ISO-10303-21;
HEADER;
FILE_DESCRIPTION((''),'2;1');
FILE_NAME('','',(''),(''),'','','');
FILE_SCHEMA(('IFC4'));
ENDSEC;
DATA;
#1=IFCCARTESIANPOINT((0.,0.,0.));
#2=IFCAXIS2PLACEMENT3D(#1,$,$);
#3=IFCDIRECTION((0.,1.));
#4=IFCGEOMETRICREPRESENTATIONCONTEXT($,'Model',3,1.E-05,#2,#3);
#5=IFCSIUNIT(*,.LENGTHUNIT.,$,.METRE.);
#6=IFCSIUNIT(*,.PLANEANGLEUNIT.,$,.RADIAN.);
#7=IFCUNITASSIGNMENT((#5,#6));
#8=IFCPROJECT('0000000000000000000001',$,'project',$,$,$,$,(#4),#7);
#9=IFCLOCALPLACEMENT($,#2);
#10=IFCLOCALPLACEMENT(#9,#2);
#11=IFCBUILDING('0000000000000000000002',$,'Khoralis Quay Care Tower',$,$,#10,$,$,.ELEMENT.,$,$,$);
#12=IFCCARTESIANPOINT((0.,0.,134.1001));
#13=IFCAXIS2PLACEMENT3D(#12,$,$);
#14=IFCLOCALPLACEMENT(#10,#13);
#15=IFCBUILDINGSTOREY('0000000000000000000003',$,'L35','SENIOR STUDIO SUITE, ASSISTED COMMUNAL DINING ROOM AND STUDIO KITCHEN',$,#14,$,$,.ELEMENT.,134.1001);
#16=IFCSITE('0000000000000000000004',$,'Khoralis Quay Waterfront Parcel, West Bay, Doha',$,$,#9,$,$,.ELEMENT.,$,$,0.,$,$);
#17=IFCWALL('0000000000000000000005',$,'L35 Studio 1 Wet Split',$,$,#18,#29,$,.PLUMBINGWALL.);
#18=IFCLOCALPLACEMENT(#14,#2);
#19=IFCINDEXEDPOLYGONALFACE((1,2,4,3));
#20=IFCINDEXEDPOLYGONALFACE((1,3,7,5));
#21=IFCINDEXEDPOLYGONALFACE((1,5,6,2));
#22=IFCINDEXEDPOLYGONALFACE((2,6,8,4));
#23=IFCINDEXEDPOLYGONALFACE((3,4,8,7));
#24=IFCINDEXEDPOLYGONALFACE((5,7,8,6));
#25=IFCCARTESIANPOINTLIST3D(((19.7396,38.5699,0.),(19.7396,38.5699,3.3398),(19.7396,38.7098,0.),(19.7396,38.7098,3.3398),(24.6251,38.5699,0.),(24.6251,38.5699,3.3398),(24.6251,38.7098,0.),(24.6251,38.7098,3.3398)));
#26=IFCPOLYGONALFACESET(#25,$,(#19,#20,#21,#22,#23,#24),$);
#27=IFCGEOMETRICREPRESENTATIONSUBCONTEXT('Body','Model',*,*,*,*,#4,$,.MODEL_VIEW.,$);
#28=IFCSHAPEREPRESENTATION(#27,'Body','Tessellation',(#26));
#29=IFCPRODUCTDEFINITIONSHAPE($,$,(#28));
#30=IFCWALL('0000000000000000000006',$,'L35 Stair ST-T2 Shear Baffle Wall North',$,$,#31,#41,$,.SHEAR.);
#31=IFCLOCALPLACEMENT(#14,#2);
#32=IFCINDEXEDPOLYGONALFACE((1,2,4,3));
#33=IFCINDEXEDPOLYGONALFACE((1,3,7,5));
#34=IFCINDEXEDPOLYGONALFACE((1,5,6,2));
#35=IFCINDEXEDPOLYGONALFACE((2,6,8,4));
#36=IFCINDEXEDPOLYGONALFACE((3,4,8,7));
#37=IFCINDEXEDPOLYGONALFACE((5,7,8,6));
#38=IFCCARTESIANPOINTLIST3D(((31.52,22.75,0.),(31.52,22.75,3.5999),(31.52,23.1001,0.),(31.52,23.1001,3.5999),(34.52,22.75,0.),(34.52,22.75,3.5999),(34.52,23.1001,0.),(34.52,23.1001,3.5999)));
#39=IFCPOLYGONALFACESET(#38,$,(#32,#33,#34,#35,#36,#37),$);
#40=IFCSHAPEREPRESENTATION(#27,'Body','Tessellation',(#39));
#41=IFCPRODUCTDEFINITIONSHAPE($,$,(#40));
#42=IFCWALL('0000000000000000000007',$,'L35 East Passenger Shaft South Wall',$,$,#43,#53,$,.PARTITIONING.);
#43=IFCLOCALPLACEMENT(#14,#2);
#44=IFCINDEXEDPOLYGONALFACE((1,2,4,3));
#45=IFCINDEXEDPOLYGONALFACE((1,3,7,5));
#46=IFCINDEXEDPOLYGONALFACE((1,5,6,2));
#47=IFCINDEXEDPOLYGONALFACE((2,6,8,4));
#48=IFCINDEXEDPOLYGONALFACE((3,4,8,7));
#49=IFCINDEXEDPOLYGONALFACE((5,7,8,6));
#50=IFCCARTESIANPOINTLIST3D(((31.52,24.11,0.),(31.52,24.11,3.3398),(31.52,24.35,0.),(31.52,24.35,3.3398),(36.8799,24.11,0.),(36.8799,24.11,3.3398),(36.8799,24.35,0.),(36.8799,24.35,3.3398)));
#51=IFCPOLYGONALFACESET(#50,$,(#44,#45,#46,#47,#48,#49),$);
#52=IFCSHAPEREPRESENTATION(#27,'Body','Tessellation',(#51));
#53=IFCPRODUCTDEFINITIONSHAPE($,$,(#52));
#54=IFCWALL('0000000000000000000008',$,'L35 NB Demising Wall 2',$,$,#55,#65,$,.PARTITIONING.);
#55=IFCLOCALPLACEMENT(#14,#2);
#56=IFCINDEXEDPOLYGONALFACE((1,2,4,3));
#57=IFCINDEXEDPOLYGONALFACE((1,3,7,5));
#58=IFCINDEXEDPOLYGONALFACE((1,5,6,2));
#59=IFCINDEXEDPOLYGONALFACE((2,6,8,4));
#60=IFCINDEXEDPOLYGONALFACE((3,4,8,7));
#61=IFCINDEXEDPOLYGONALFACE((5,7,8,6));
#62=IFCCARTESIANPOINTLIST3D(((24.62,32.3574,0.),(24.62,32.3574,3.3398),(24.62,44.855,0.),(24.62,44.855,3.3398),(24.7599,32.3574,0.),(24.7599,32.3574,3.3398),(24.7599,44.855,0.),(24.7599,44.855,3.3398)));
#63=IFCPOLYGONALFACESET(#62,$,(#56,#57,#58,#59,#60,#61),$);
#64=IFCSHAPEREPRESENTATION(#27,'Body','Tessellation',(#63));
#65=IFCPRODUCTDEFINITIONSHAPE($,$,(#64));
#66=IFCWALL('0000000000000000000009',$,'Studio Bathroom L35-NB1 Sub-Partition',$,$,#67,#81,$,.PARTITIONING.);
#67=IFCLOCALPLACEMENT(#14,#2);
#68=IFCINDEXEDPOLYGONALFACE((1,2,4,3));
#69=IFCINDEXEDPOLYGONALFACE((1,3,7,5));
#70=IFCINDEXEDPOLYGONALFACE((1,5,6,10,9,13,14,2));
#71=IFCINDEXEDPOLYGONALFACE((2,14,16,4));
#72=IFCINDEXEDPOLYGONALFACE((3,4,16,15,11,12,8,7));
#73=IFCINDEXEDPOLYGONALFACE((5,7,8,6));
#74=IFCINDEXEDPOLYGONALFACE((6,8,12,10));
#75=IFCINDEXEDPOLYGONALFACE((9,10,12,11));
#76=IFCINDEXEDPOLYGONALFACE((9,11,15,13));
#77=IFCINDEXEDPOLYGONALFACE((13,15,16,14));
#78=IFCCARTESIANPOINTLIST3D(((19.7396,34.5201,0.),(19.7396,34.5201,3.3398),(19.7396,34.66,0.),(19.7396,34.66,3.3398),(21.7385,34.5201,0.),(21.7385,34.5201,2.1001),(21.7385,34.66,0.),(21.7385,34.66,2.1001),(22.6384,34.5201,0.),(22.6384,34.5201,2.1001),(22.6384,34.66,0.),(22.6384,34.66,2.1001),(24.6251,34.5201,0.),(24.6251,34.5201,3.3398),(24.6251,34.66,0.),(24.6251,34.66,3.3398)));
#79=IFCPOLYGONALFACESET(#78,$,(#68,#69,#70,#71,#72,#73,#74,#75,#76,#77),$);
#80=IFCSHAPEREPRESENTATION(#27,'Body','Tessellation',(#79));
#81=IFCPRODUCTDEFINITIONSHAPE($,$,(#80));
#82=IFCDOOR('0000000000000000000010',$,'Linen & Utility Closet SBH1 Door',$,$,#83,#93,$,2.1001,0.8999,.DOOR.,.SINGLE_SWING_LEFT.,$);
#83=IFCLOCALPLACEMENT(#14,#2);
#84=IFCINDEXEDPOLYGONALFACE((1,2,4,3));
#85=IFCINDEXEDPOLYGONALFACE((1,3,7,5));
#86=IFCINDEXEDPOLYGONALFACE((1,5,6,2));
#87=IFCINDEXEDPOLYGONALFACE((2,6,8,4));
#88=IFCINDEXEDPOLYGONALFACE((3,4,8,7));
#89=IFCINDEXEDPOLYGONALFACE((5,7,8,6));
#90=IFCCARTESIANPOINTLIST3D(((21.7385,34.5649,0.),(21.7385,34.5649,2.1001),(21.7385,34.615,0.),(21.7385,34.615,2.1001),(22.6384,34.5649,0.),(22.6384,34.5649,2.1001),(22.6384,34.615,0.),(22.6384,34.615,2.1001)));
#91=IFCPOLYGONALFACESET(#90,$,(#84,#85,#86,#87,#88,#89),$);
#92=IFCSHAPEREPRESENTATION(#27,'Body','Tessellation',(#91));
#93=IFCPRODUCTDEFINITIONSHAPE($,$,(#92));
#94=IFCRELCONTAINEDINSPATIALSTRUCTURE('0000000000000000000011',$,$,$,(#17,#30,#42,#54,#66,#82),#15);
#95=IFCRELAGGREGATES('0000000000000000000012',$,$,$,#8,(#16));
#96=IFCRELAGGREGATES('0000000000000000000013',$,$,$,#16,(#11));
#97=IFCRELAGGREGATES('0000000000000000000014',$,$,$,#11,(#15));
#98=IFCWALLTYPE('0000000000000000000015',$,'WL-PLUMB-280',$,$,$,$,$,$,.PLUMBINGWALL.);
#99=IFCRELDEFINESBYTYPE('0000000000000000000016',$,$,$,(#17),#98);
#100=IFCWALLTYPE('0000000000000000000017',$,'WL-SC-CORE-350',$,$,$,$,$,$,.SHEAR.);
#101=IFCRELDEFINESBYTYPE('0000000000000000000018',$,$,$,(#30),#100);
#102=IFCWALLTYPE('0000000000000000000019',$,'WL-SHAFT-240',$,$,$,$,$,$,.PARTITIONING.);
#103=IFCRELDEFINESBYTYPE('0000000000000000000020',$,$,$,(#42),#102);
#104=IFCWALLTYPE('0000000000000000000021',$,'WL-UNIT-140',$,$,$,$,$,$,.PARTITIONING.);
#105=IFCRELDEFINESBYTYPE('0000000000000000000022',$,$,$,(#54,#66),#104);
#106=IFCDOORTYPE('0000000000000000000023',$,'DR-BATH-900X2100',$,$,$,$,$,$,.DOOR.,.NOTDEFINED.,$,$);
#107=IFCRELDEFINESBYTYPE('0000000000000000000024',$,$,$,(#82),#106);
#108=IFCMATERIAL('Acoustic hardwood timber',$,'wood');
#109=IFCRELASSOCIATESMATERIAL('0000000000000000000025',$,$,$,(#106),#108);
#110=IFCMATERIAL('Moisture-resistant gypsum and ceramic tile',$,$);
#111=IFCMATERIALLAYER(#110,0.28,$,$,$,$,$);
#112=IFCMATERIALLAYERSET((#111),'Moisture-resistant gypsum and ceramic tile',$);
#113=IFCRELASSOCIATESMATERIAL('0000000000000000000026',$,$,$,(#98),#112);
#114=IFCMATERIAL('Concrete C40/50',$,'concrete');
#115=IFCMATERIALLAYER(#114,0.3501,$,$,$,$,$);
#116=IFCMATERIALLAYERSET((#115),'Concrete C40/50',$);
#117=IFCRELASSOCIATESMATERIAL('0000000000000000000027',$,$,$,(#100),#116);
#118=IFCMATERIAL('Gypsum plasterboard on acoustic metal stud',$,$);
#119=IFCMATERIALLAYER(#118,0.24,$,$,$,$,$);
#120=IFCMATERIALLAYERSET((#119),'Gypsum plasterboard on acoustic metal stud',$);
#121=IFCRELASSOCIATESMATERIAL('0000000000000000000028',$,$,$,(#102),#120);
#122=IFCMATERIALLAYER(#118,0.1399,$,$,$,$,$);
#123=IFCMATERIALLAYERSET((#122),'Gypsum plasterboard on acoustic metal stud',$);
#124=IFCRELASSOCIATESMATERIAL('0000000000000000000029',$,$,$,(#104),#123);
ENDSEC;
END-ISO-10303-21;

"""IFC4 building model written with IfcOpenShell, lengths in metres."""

from ifc_helpers import new_model, si_unit, direction, frame, frame_2d, origin, place, context, subcontext, project, spatial, rectangle, extrude, source, transform, mapped, material, layer, layer_set, type_object, element, fill, save


model = new_model("IFC4")

# Units and contexts
model_context = context("Model", 3, precision=1e-05, world=origin(), true_north=direction((0.0, 1.0)))
body_context = subcontext(model_context, "Body", "Model", "MODEL_VIEW")
ifc_project = project(units=[si_unit("LENGTHUNIT", "METRE"), si_unit("PLANEANGLEUNIT", "RADIAN")], contexts=[model_context])

# Site, building, storey
site_placement = place(None, origin())
site = spatial("IfcSite", under=ifc_project, at=site_placement, Name="Khoralis Quay Waterfront Parcel, West Bay, Doha", CompositionType="ELEMENT", RefElevation=0.0)
building_placement = place(site_placement, origin())
building = spatial("IfcBuilding", under=site, at=building_placement, Name="Khoralis Quay Care Tower", CompositionType="ELEMENT")
storey_placement = place(building_placement, frame((0.0, 0.0, 134.1001)))
storey = spatial("IfcBuildingStorey", under=building, at=storey_placement, Name="L35", Description="SENIOR STUDIO SUITE, ASSISTED COMMUNAL DINING ROOM AND STUDIO KITCHEN", CompositionType="ELEMENT", Elevation=134.1001)

# Shared definitions
ifc_material_1 = material(Name="Gypsum plasterboard on acoustic metal stud")

# Shared definitions
ifc_material_2 = material(Name="Acoustic hardwood timber", Category="wood")
door_type_1 = type_object("IfcDoorType", Name="DR-BATH-900X2100", OperationType="NOTDEFINED", PredefinedType="DOOR", material=ifc_material_2)
shared_shape_1 = source(origin(), body_context, "Body", "SweptSolid", [
    extrude(rectangle(XDim=0.8999, YDim=2.1001, at=frame_2d((0.45, 1.05))), frame((0.0, 0.0249, 0.0), z_axis=(0.0, -1.0, 0.0), x_axis=(1.0, 0.0, 0.0)), (0.0, 0.0, 1.0), 0.05),
])

# Walls
ifc_material_3 = material(Name="Moisture-resistant gypsum and ceramic tile")
ifc_layer_1 = layer(ifc_material_3, 0.28)
ifc_layer_set_1 = layer_set([ifc_layer_1], Name="Moisture-resistant gypsum and ceramic tile")
wall_type_1 = type_object("IfcWallType", Name="WL-PLUMB-280", PredefinedType="PLUMBINGWALL", material=ifc_layer_set_1)
wall_1_placement = place(storey_placement, frame((19.7395, 38.6399, 0.0), z_axis=(0.0, 0.0, 1.0), x_axis=(1.0, 0.0, 0.0)))
element("IfcWall", 1, at=wall_1_placement, inside=storey, type_object=wall_type_1, Name="L35 Studio 1 Wet Split", PredefinedType="PLUMBINGWALL", context=body_context, shape_type="SweptSolid", body=[
    extrude(rectangle(XDim=4.8855, YDim=0.1399, at=frame_2d((2.4429, 0.0))), origin(), (0.0, 0.0, 1.0), 3.3398),
])
ifc_material_4 = material(Name="Concrete C40/50", Category="concrete")
ifc_layer_2 = layer(ifc_material_4, 0.3501)
ifc_layer_set_2 = layer_set([ifc_layer_2], Name="Concrete C40/50")
wall_type_2 = type_object("IfcWallType", Name="WL-SC-CORE-350", PredefinedType="SHEAR", material=ifc_layer_set_2)
wall_2_placement = place(storey_placement, frame((31.52, 22.925, 0.0), z_axis=(0.0, 0.0, 1.0), x_axis=(1.0, 0.0, 0.0)))
element("IfcWall", 2, at=wall_2_placement, inside=storey, type_object=wall_type_2, Name="L35 Stair ST-T2 Shear Baffle Wall North", PredefinedType="SHEAR", context=body_context, shape_type="SweptSolid", body=[
    extrude(rectangle(XDim=3.0, YDim=0.3501, at=frame_2d((1.5, 0.0))), origin(), (0.0, 0.0, 1.0), 3.5999),
])
ifc_layer_3 = layer(ifc_material_1, 0.24)
ifc_layer_set_3 = layer_set([ifc_layer_3], Name="Gypsum plasterboard on acoustic metal stud")
wall_type_3 = type_object("IfcWallType", Name="WL-SHAFT-240", PredefinedType="PARTITIONING", material=ifc_layer_set_3)
wall_3_placement = place(storey_placement, frame((31.52, 24.23, 0.0), z_axis=(0.0, 0.0, 1.0), x_axis=(1.0, 0.0, 0.0)))
element("IfcWall", 3, at=wall_3_placement, inside=storey, type_object=wall_type_3, Name="L35 East Passenger Shaft South Wall", PredefinedType="PARTITIONING", context=body_context, shape_type="SweptSolid", body=[
    extrude(rectangle(XDim=5.3599, YDim=0.24, at=frame_2d((2.6799, 0.0))), origin(), (0.0, 0.0, 1.0), 3.3398),
])
ifc_layer_4 = layer(ifc_material_1, 0.1399)
ifc_layer_set_4 = layer_set([ifc_layer_4], Name="Gypsum plasterboard on acoustic metal stud")
wall_type_4 = type_object("IfcWallType", Name="WL-UNIT-140", PredefinedType="PARTITIONING", material=ifc_layer_set_4)
wall_4_placement = place(storey_placement, frame((24.6899, 32.3574, 0.0), z_axis=(0.0, 0.0, 1.0), x_axis=(0.0, 1.0, 0.0)))
element("IfcWall", 4, at=wall_4_placement, inside=storey, type_object=wall_type_4, Name="L35 NB Demising Wall 2", PredefinedType="PARTITIONING", context=body_context, shape_type="SweptSolid", body=[
    extrude(rectangle(XDim=12.4976, YDim=0.1399, at=frame_2d((6.2488, 0.0))), origin(), (0.0, 0.0, 1.0), 3.3398),
])

# Wall, opening, door
wall_5_placement = place(storey_placement, frame((19.7395, 34.5901, 0.0), z_axis=(0.0, 0.0, 1.0), x_axis=(1.0, 0.0, 0.0)))
wall_5 = element("IfcWall", 5, at=wall_5_placement, inside=storey, type_object=wall_type_4, Name="Studio Bathroom L35-NB1 Sub-Partition", PredefinedType="PARTITIONING", context=body_context, shape_type="SweptSolid", body=[
    extrude(rectangle(XDim=4.8855, YDim=0.1399, at=frame_2d((2.4429, 0.0))), origin(), (0.0, 0.0, 1.0), 3.3398),
])
opening_1_placement = place(wall_5_placement, frame((1.999, 0.0, 0.0)))
opening_1 = element("IfcOpeningElement", 6, at=opening_1_placement, cuts=wall_5, PredefinedType="OPENING", context=body_context, shape_type="SweptSolid", body=[
    extrude(rectangle(XDim=0.8999, YDim=2.1001, at=frame_2d((0.45, 1.05))), frame((0.0, 0.0801, 0.0), z_axis=(0.0, -1.0, 0.0), x_axis=(1.0, 0.0, 0.0)), (0.0, 0.0, 1.0), 0.1599),
])
door_1_placement = place(opening_1_placement, origin())
door_1 = element("IfcDoor", 7, at=door_1_placement, inside=storey, type_object=door_type_1, Name="Linen & Utility Closet SBH1 Door", OperationType="SINGLE_SWING_LEFT", OverallHeight=2.1001, OverallWidth=0.8999, PredefinedType="DOOR", context=body_context, shape_type="MappedRepresentation", body=[
    mapped(shared_shape_1, transform((0.0, 0.0, 0.0), scale=1.0)),
])
fill(opening_1, door_1)

save(model, "model.ifc")
